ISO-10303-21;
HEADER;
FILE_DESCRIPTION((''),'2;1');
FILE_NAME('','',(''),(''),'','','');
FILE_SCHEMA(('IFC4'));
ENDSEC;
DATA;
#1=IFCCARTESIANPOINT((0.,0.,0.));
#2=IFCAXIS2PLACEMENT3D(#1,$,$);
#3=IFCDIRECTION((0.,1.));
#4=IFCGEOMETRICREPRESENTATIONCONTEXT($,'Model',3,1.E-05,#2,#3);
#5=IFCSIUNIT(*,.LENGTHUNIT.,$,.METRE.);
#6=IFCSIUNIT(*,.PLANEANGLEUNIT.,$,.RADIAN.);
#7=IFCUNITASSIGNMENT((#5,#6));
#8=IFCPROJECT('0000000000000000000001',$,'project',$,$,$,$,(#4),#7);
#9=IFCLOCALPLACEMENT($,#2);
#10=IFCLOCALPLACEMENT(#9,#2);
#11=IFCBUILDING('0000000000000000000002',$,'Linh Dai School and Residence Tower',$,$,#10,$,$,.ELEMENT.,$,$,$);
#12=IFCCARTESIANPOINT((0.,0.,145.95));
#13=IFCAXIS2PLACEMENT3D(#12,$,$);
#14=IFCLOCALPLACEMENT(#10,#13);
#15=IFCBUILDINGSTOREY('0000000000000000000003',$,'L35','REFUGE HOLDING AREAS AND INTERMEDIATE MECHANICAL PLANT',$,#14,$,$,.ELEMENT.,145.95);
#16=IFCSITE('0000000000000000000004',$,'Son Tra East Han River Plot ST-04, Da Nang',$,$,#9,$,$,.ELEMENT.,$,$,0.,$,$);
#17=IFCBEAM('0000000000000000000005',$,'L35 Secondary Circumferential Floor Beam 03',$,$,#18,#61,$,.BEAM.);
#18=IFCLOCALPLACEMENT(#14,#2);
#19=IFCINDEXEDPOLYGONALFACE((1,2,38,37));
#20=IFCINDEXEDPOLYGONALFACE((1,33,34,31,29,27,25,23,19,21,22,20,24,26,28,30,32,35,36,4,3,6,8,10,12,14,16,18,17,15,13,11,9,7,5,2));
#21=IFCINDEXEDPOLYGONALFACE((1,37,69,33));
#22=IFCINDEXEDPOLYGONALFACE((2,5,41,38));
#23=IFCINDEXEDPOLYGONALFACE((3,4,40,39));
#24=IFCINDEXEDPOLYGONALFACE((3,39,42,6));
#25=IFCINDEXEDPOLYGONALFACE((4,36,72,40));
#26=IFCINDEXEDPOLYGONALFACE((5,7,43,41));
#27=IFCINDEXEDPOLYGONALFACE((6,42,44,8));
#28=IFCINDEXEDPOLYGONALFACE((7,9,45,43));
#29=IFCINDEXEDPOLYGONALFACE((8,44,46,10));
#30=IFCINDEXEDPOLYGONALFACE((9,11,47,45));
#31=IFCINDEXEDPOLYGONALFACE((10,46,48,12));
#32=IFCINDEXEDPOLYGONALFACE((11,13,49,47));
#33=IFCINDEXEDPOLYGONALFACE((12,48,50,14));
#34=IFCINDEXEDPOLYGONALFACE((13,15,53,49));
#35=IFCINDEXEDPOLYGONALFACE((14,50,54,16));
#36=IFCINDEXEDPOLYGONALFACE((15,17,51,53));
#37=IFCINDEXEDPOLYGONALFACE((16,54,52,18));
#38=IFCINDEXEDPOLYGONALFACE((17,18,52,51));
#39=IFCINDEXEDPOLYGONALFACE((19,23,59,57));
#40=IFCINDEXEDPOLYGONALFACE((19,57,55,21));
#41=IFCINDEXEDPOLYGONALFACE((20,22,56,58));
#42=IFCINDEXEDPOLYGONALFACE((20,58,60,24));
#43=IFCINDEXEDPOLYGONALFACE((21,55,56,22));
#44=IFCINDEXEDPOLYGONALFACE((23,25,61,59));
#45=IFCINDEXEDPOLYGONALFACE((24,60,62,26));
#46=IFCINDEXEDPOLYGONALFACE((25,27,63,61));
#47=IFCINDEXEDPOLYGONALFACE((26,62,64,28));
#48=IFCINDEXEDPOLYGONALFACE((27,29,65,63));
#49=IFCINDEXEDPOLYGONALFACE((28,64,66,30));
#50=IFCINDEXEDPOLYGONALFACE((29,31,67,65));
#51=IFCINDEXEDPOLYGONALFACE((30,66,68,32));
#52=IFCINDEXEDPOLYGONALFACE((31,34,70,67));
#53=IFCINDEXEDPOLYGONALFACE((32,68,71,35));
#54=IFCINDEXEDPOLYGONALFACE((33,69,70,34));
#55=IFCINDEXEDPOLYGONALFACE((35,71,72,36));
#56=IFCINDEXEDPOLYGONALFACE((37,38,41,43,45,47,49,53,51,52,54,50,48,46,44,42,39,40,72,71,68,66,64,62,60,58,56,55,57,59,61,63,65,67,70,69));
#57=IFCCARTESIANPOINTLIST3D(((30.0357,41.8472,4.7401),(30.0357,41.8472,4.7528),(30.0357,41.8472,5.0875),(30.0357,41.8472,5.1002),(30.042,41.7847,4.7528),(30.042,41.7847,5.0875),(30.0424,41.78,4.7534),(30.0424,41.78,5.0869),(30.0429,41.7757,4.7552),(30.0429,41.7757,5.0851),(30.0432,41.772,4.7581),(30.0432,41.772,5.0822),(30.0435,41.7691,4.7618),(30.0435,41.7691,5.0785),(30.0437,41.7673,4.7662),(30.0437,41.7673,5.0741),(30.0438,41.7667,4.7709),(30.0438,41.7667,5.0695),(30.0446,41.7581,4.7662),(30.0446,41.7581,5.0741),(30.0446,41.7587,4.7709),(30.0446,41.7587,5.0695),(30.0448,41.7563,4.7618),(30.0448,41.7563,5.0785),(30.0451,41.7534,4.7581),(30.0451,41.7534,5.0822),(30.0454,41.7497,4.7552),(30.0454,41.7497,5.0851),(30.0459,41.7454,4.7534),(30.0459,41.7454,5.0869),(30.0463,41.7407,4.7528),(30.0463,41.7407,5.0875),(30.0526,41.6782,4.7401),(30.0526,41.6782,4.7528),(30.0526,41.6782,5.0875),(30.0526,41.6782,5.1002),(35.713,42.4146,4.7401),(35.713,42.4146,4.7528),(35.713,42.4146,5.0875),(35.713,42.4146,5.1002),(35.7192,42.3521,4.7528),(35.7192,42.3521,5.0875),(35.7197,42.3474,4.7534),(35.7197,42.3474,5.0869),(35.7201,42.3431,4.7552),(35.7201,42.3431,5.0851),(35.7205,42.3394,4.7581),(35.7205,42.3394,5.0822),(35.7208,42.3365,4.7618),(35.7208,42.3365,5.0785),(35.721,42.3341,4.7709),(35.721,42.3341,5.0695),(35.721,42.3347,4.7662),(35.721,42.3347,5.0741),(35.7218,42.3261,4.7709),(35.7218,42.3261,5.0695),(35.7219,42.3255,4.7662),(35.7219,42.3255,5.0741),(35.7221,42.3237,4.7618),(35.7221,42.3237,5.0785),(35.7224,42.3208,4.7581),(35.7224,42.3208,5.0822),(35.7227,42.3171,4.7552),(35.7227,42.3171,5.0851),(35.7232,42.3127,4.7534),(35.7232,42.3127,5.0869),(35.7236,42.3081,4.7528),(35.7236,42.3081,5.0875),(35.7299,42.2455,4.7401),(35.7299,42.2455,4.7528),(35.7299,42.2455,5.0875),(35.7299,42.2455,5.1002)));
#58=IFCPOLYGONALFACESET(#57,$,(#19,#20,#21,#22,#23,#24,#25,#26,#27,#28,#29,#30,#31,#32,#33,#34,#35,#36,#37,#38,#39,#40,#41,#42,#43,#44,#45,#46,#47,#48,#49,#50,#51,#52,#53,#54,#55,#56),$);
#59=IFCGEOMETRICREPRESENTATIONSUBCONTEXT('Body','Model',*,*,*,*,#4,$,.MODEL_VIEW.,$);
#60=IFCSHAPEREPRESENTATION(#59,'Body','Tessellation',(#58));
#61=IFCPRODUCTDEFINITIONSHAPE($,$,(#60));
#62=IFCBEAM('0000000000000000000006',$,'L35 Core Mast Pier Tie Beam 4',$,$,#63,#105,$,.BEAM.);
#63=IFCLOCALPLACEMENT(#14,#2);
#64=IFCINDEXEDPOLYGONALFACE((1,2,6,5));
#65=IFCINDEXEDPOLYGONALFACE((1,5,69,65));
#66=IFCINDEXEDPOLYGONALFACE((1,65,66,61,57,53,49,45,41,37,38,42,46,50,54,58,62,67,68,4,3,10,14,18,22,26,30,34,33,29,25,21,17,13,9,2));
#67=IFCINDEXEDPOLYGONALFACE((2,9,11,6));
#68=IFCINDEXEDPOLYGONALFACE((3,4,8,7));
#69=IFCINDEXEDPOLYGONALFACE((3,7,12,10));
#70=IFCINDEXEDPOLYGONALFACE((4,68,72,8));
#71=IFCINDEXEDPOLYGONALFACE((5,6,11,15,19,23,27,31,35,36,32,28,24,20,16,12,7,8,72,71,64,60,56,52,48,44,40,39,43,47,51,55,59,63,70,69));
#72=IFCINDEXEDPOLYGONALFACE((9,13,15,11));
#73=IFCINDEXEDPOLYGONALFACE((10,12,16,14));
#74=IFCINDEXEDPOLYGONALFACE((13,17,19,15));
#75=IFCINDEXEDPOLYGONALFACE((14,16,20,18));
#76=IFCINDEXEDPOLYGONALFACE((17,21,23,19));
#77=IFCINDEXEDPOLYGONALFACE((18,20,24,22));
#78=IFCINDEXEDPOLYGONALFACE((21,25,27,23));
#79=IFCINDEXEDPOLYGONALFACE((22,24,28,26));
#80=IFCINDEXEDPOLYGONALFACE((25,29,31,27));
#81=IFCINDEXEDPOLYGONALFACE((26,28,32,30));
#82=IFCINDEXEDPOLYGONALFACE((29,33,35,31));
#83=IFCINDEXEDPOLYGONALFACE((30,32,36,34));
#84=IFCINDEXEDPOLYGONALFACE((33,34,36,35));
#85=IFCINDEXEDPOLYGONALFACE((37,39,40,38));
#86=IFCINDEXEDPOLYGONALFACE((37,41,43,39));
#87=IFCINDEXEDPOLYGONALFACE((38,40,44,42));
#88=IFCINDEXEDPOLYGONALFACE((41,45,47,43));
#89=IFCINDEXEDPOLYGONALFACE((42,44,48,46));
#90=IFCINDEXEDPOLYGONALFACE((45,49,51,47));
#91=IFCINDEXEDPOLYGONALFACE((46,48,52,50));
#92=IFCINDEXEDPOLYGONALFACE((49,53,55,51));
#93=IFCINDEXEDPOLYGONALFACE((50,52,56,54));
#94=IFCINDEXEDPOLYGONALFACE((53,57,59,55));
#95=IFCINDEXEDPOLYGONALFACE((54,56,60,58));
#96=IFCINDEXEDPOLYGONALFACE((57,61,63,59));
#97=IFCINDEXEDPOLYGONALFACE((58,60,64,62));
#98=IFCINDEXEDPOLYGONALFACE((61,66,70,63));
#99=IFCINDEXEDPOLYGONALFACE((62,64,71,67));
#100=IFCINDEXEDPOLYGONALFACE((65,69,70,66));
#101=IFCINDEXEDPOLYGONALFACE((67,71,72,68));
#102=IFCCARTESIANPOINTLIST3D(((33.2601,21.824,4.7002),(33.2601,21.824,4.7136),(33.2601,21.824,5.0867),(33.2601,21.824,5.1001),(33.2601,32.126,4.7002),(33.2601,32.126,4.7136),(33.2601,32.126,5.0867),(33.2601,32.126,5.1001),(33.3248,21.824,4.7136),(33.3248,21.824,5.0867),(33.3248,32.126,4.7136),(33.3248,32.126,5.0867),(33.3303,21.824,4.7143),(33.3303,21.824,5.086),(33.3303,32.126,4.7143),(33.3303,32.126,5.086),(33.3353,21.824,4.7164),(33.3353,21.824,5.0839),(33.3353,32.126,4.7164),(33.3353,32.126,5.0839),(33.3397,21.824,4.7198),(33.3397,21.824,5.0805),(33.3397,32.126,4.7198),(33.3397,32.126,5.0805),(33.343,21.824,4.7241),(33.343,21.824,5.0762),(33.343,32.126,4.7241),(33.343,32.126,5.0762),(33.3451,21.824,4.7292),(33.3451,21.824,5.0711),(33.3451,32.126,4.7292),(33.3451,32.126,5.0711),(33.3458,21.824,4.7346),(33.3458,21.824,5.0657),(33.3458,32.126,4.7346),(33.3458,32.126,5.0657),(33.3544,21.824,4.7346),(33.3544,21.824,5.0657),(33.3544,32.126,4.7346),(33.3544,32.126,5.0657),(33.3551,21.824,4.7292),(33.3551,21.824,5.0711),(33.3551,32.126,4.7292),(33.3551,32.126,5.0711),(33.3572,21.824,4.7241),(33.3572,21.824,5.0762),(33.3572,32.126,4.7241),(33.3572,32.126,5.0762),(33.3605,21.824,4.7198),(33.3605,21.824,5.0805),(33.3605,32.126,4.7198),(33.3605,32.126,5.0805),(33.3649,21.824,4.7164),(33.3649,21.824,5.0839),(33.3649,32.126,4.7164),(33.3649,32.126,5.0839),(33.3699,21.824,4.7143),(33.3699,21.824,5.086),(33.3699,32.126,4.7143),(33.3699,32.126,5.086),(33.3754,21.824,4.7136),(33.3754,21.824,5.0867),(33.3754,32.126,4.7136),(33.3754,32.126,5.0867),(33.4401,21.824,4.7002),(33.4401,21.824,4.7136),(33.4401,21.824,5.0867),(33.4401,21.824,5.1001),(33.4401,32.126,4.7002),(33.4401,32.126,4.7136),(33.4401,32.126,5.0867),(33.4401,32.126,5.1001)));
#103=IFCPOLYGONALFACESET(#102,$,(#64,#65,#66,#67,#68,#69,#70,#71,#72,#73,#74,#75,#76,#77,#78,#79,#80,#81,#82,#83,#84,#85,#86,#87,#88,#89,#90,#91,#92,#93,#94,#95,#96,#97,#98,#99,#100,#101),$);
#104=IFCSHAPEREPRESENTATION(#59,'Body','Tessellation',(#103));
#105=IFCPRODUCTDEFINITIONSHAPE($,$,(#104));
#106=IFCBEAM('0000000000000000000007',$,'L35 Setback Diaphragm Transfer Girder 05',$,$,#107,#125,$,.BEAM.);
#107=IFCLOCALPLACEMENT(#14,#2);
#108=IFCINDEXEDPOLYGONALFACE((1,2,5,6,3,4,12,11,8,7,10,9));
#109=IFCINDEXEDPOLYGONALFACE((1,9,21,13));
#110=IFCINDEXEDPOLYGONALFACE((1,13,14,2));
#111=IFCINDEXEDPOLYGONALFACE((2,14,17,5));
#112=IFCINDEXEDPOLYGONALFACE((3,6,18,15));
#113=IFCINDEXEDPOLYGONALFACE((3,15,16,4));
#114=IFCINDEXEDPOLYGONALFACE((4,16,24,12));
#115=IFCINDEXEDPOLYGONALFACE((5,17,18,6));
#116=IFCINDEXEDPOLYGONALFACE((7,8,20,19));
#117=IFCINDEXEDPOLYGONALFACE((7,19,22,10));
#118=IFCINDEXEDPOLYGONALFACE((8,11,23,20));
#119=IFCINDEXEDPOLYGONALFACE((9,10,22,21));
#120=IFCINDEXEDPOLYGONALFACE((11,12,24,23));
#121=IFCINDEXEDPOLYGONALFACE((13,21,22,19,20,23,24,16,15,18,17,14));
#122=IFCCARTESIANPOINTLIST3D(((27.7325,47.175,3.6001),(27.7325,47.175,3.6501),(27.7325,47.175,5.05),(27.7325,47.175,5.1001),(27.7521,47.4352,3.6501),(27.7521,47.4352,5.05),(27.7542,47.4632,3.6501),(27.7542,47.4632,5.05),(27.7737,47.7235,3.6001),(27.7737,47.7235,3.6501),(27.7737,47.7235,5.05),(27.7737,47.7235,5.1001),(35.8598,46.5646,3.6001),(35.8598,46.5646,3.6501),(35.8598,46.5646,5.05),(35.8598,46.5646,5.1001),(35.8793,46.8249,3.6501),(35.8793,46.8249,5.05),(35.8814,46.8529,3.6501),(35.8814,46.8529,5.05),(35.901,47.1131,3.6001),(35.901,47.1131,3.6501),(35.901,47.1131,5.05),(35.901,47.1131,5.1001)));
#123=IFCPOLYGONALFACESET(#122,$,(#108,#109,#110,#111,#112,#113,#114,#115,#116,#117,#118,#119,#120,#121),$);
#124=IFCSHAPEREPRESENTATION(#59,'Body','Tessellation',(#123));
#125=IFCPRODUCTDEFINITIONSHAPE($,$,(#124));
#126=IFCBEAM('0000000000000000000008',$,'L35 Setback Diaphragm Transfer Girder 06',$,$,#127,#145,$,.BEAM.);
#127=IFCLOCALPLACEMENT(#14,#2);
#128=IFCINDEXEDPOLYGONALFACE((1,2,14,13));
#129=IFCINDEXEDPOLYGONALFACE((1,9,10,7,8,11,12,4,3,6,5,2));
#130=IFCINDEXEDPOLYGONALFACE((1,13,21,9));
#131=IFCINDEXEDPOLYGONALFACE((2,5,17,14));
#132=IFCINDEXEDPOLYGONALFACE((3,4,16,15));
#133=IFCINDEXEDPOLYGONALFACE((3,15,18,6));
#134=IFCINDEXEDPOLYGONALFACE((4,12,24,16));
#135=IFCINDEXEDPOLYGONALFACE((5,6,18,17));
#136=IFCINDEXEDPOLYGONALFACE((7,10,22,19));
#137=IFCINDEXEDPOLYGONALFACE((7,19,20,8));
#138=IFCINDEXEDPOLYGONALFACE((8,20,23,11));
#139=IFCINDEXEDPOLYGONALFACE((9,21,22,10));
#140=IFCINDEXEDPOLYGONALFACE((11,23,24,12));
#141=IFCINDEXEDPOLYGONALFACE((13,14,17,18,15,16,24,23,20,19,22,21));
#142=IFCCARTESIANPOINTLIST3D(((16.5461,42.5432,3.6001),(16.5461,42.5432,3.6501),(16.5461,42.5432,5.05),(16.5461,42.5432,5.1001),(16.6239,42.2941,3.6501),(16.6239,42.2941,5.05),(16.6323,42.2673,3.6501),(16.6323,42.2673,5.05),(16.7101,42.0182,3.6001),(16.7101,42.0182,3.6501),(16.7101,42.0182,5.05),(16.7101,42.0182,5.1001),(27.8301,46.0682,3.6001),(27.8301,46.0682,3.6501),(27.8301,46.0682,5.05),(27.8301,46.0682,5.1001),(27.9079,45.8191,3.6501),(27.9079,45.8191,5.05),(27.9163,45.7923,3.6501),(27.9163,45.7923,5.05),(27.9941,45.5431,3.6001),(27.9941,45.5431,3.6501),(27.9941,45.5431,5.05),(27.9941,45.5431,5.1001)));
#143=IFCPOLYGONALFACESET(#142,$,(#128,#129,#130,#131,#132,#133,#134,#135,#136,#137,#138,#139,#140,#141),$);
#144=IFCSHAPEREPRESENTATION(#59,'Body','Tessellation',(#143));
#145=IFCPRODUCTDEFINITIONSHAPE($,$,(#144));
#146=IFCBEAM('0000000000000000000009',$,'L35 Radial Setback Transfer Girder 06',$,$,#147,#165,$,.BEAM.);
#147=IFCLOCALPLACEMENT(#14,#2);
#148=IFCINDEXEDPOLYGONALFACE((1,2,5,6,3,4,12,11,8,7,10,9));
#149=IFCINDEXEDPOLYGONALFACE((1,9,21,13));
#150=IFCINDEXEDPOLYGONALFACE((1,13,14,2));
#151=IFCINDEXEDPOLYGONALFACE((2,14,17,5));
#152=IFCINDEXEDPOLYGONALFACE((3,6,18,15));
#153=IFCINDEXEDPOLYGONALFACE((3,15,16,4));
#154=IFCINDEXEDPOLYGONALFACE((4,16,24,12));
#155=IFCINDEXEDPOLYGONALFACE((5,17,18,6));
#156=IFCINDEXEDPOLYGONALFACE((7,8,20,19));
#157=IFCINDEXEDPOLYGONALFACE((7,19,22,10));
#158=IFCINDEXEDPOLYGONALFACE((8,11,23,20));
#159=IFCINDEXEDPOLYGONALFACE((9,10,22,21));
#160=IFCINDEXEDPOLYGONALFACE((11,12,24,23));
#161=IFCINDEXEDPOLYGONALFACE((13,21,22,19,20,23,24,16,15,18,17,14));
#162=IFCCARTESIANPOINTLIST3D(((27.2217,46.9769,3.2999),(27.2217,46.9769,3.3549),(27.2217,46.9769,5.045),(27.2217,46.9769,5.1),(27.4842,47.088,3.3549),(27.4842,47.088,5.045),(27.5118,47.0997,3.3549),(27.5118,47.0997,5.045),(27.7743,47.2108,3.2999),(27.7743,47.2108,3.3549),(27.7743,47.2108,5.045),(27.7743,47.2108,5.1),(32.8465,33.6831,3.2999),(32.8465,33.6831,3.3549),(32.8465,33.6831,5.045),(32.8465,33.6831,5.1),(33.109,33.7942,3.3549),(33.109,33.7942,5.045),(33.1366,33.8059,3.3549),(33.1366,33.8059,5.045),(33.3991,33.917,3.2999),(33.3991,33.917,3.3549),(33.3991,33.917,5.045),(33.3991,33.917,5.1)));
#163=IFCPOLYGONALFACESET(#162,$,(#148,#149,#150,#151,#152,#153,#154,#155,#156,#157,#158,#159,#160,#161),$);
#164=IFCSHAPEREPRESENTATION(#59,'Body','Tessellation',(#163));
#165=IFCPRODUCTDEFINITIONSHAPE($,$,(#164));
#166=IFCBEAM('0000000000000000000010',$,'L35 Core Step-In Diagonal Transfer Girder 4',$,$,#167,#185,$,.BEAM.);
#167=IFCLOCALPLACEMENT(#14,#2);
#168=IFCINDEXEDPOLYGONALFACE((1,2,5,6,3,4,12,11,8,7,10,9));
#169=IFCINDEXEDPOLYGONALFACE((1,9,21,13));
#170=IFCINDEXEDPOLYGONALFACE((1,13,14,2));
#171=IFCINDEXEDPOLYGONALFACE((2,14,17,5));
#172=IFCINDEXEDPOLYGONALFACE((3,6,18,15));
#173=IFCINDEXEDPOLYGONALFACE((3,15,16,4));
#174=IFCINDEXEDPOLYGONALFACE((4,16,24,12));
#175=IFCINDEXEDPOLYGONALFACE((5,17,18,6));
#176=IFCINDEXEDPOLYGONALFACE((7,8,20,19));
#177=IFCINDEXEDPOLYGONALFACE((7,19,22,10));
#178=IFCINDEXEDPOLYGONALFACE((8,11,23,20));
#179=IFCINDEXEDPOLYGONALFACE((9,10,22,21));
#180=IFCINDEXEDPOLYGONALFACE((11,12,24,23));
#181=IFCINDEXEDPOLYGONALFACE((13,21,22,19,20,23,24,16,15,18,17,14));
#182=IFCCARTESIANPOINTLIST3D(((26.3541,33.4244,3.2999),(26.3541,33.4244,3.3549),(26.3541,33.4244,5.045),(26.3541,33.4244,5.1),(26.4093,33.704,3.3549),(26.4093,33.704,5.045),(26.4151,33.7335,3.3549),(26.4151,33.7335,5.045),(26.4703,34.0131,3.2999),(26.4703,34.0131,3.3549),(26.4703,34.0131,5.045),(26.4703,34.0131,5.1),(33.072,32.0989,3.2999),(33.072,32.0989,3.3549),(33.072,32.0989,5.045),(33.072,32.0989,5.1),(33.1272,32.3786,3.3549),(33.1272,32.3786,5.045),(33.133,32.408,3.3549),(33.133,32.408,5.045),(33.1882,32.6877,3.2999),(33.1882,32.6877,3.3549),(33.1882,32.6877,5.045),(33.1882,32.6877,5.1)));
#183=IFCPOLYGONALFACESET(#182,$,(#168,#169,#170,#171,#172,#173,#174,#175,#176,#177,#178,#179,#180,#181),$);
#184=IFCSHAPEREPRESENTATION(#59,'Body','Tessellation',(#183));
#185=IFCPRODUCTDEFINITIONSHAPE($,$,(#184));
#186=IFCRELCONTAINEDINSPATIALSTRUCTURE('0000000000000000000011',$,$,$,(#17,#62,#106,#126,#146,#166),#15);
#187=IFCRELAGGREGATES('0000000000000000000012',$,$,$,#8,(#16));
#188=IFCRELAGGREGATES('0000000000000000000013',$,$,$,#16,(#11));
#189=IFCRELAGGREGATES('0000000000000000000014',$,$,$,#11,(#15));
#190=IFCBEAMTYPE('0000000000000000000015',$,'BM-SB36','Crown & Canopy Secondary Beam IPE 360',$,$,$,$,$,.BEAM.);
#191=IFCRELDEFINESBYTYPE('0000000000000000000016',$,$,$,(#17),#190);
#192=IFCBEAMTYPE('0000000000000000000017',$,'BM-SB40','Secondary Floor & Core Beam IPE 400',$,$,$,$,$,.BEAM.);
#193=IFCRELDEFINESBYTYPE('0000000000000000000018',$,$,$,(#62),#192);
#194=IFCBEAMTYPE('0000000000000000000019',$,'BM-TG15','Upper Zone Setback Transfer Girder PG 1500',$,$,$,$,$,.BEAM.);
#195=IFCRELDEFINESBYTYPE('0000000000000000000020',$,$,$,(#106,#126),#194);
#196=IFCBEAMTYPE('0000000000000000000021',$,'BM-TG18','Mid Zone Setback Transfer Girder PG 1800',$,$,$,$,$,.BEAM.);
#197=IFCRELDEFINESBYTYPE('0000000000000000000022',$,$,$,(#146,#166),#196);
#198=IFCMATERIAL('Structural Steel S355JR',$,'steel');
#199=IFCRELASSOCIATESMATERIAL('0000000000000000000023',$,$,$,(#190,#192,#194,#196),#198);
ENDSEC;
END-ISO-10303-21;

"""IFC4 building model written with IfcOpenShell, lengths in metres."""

from ifc_helpers import new_model, si_unit, direction, frame, origin, origin_2d, place, context, subcontext, project, spatial, i_section, extrude, material, material_profile, profile_set, type_object, element, save


model = new_model("IFC4")

# Units and contexts
model_context = context("Model", 3, precision=1e-05, world=origin(), true_north=direction((0.0, 1.0)))
body_context = subcontext(model_context, "Body", "Model", "MODEL_VIEW")
ifc_project = project(units=[si_unit("LENGTHUNIT", "METRE"), si_unit("PLANEANGLEUNIT", "RADIAN")], contexts=[model_context])

# Site, building, storey
site_placement = place(None, origin())
site = spatial("IfcSite", under=ifc_project, at=site_placement, Name="Son Tra East Han River Plot ST-04, Da Nang", CompositionType="ELEMENT", RefElevation=0.0)
building_placement = place(site_placement, origin())
building = spatial("IfcBuilding", under=site, at=building_placement, Name="Linh Dai School and Residence Tower", CompositionType="ELEMENT")
storey_placement = place(building_placement, frame((0.0, 0.0, 145.95)))
storey = spatial("IfcBuildingStorey", under=building, at=storey_placement, Name="L35", Description="REFUGE HOLDING AREAS AND INTERMEDIATE MECHANICAL PLANT", CompositionType="ELEMENT", Elevation=145.95)

# Shared definitions
ifc_material_1 = material(Name="Structural Steel S355JR", Category="steel")

# Beams
ifc_material_profile_1 = material_profile(ifc_material_1, i_section(OverallWidth=0.1699, OverallDepth=0.3601, WebThickness=0.0081, FlangeThickness=0.0127, FilletRadius=0.0181, at=origin_2d()), Name="IPE 360")
ifc_profile_set_1 = profile_set([ifc_material_profile_1], Name="Structural Steel S355JR")
beam_type_1 = type_object("IfcBeamType", Name="BM-SB36", Description="Crown & Canopy Secondary Beam IPE 360", PredefinedType="BEAM", material=ifc_profile_set_1)
beam_1_placement = place(storey_placement, frame((35.7214, 42.3301, 4.9202), z_axis=(-0.995043, -0.099444, 0.0), x_axis=(0.099444, -0.995043, 0.0)))
element("IfcBeam", 1, at=beam_1_placement, inside=storey, type_object=beam_type_1, Name="L35 Secondary Circumferential Floor Beam 03", PredefinedType="BEAM", context=body_context, shape_type="SweptSolid", body=[
    extrude(i_section(OverallWidth=0.1699, OverallDepth=0.3601, WebThickness=0.0081, FlangeThickness=0.0127, FilletRadius=0.0181, at=origin_2d()), origin(), (0.0, 0.0, 1.0), 5.7056),
])
ifc_material_profile_2 = material_profile(ifc_material_1, i_section(OverallWidth=0.1799, OverallDepth=0.3999, WebThickness=0.0085, FlangeThickness=0.0134, FilletRadius=0.021, at=origin_2d()), Name="IPE 400")
ifc_profile_set_2 = profile_set([ifc_material_profile_2], Name="Structural Steel S355JR")
beam_type_2 = type_object("IfcBeamType", Name="BM-SB40", Description="Secondary Floor & Core Beam IPE 400", PredefinedType="BEAM", material=ifc_profile_set_2)
beam_2_placement = place(storey_placement, frame((33.3501, 32.126, 4.9001), z_axis=(0.0, -1.0, 0.0), x_axis=(1.0, 0.0, 0.0)))
element("IfcBeam", 2, at=beam_2_placement, inside=storey, type_object=beam_type_2, Name="L35 Core Mast Pier Tie Beam 4", PredefinedType="BEAM", context=body_context, shape_type="SweptSolid", body=[
    extrude(i_section(OverallWidth=0.1799, OverallDepth=0.3999, WebThickness=0.0085, FlangeThickness=0.0134, FilletRadius=0.021, at=origin_2d()), origin(), (0.0, 0.0, 1.0), 10.302),
])
ifc_material_profile_3 = material_profile(ifc_material_1, i_section(OverallWidth=0.55, OverallDepth=1.5, WebThickness=0.0281, FlangeThickness=0.05, at=origin_2d()), Name="PG 1500x550x28x50")
ifc_profile_set_3 = profile_set([ifc_material_profile_3], Name="Structural Steel S355JR")
beam_type_3 = type_object("IfcBeamType", Name="BM-TG15", Description="Upper Zone Setback Transfer Girder PG 1500", PredefinedType="BEAM", material=ifc_profile_set_3)
beam_3_placement = place(storey_placement, frame((35.8804, 46.8389, 4.3501), z_axis=(-0.997192, 0.074889, 0.0), x_axis=(-0.074889, -0.997192, 0.0)))
element("IfcBeam", 3, at=beam_3_placement, inside=storey, type_object=beam_type_3, Name="L35 Setback Diaphragm Transfer Girder 05", PredefinedType="BEAM", context=body_context, shape_type="SweptSolid", body=[
    extrude(i_section(OverallWidth=0.55, OverallDepth=1.5, WebThickness=0.0281, FlangeThickness=0.05, at=origin_2d()), origin(), (0.0, 0.0, 1.0), 8.1501),
])
beam_4_placement = place(storey_placement, frame((27.9121, 45.8057, 4.3501), z_axis=(-0.954512, -0.298173, 0.0), x_axis=(0.298173, -0.954512, 0.0)))
element("IfcBeam", 4, at=beam_4_placement, inside=storey, type_object=beam_type_3, Name="L35 Setback Diaphragm Transfer Girder 06", PredefinedType="BEAM", context=body_context, shape_type="SweptSolid", body=[
    extrude(i_section(OverallWidth=0.55, OverallDepth=1.5, WebThickness=0.0281, FlangeThickness=0.05, at=origin_2d()), origin(), (0.0, 0.0, 1.0), 11.8218),
])
ifc_material_profile_4 = material_profile(ifc_material_1, i_section(OverallWidth=0.6001, OverallDepth=1.8, WebThickness=0.03, FlangeThickness=0.0549, at=origin_2d()), Name="PG 1800x600x30x55")
ifc_profile_set_4 = profile_set([ifc_material_profile_4], Name="Structural Steel S355JR")
beam_type_4 = type_object("IfcBeamType", Name="BM-TG18", Description="Mid Zone Setback Transfer Girder PG 1800", PredefinedType="BEAM", material=ifc_profile_set_4)
beam_5_placement = place(storey_placement, frame((33.1228, 33.8, 4.2), z_axis=(-0.389669, 0.920955, 0.0), x_axis=(-0.920955, -0.389669, 0.0)))
element("IfcBeam", 5, at=beam_5_placement, inside=storey, type_object=beam_type_4, Name="L35 Radial Setback Transfer Girder 06", PredefinedType="BEAM", context=body_context, shape_type="SweptSolid", body=[
    extrude(i_section(OverallWidth=0.6001, OverallDepth=1.8, WebThickness=0.03, FlangeThickness=0.0549, at=origin_2d()), origin(), (0.0, 0.0, 1.0), 14.4348),
])
beam_6_placement = place(storey_placement, frame((33.1301, 32.3933, 4.2), z_axis=(-0.981087, 0.193565, 0.0), x_axis=(-0.193565, -0.981087, 0.0)))
element("IfcBeam", 6, at=beam_6_placement, inside=storey, type_object=beam_type_4, Name="L35 Core Step-In Diagonal Transfer Girder 4", PredefinedType="BEAM", context=body_context, shape_type="SweptSolid", body=[
    extrude(i_section(OverallWidth=0.6001, OverallDepth=1.8, WebThickness=0.03, FlangeThickness=0.0549, at=origin_2d()), origin(), (0.0, 0.0, 1.0), 6.8474),
])

save(model, "model.ifc")
